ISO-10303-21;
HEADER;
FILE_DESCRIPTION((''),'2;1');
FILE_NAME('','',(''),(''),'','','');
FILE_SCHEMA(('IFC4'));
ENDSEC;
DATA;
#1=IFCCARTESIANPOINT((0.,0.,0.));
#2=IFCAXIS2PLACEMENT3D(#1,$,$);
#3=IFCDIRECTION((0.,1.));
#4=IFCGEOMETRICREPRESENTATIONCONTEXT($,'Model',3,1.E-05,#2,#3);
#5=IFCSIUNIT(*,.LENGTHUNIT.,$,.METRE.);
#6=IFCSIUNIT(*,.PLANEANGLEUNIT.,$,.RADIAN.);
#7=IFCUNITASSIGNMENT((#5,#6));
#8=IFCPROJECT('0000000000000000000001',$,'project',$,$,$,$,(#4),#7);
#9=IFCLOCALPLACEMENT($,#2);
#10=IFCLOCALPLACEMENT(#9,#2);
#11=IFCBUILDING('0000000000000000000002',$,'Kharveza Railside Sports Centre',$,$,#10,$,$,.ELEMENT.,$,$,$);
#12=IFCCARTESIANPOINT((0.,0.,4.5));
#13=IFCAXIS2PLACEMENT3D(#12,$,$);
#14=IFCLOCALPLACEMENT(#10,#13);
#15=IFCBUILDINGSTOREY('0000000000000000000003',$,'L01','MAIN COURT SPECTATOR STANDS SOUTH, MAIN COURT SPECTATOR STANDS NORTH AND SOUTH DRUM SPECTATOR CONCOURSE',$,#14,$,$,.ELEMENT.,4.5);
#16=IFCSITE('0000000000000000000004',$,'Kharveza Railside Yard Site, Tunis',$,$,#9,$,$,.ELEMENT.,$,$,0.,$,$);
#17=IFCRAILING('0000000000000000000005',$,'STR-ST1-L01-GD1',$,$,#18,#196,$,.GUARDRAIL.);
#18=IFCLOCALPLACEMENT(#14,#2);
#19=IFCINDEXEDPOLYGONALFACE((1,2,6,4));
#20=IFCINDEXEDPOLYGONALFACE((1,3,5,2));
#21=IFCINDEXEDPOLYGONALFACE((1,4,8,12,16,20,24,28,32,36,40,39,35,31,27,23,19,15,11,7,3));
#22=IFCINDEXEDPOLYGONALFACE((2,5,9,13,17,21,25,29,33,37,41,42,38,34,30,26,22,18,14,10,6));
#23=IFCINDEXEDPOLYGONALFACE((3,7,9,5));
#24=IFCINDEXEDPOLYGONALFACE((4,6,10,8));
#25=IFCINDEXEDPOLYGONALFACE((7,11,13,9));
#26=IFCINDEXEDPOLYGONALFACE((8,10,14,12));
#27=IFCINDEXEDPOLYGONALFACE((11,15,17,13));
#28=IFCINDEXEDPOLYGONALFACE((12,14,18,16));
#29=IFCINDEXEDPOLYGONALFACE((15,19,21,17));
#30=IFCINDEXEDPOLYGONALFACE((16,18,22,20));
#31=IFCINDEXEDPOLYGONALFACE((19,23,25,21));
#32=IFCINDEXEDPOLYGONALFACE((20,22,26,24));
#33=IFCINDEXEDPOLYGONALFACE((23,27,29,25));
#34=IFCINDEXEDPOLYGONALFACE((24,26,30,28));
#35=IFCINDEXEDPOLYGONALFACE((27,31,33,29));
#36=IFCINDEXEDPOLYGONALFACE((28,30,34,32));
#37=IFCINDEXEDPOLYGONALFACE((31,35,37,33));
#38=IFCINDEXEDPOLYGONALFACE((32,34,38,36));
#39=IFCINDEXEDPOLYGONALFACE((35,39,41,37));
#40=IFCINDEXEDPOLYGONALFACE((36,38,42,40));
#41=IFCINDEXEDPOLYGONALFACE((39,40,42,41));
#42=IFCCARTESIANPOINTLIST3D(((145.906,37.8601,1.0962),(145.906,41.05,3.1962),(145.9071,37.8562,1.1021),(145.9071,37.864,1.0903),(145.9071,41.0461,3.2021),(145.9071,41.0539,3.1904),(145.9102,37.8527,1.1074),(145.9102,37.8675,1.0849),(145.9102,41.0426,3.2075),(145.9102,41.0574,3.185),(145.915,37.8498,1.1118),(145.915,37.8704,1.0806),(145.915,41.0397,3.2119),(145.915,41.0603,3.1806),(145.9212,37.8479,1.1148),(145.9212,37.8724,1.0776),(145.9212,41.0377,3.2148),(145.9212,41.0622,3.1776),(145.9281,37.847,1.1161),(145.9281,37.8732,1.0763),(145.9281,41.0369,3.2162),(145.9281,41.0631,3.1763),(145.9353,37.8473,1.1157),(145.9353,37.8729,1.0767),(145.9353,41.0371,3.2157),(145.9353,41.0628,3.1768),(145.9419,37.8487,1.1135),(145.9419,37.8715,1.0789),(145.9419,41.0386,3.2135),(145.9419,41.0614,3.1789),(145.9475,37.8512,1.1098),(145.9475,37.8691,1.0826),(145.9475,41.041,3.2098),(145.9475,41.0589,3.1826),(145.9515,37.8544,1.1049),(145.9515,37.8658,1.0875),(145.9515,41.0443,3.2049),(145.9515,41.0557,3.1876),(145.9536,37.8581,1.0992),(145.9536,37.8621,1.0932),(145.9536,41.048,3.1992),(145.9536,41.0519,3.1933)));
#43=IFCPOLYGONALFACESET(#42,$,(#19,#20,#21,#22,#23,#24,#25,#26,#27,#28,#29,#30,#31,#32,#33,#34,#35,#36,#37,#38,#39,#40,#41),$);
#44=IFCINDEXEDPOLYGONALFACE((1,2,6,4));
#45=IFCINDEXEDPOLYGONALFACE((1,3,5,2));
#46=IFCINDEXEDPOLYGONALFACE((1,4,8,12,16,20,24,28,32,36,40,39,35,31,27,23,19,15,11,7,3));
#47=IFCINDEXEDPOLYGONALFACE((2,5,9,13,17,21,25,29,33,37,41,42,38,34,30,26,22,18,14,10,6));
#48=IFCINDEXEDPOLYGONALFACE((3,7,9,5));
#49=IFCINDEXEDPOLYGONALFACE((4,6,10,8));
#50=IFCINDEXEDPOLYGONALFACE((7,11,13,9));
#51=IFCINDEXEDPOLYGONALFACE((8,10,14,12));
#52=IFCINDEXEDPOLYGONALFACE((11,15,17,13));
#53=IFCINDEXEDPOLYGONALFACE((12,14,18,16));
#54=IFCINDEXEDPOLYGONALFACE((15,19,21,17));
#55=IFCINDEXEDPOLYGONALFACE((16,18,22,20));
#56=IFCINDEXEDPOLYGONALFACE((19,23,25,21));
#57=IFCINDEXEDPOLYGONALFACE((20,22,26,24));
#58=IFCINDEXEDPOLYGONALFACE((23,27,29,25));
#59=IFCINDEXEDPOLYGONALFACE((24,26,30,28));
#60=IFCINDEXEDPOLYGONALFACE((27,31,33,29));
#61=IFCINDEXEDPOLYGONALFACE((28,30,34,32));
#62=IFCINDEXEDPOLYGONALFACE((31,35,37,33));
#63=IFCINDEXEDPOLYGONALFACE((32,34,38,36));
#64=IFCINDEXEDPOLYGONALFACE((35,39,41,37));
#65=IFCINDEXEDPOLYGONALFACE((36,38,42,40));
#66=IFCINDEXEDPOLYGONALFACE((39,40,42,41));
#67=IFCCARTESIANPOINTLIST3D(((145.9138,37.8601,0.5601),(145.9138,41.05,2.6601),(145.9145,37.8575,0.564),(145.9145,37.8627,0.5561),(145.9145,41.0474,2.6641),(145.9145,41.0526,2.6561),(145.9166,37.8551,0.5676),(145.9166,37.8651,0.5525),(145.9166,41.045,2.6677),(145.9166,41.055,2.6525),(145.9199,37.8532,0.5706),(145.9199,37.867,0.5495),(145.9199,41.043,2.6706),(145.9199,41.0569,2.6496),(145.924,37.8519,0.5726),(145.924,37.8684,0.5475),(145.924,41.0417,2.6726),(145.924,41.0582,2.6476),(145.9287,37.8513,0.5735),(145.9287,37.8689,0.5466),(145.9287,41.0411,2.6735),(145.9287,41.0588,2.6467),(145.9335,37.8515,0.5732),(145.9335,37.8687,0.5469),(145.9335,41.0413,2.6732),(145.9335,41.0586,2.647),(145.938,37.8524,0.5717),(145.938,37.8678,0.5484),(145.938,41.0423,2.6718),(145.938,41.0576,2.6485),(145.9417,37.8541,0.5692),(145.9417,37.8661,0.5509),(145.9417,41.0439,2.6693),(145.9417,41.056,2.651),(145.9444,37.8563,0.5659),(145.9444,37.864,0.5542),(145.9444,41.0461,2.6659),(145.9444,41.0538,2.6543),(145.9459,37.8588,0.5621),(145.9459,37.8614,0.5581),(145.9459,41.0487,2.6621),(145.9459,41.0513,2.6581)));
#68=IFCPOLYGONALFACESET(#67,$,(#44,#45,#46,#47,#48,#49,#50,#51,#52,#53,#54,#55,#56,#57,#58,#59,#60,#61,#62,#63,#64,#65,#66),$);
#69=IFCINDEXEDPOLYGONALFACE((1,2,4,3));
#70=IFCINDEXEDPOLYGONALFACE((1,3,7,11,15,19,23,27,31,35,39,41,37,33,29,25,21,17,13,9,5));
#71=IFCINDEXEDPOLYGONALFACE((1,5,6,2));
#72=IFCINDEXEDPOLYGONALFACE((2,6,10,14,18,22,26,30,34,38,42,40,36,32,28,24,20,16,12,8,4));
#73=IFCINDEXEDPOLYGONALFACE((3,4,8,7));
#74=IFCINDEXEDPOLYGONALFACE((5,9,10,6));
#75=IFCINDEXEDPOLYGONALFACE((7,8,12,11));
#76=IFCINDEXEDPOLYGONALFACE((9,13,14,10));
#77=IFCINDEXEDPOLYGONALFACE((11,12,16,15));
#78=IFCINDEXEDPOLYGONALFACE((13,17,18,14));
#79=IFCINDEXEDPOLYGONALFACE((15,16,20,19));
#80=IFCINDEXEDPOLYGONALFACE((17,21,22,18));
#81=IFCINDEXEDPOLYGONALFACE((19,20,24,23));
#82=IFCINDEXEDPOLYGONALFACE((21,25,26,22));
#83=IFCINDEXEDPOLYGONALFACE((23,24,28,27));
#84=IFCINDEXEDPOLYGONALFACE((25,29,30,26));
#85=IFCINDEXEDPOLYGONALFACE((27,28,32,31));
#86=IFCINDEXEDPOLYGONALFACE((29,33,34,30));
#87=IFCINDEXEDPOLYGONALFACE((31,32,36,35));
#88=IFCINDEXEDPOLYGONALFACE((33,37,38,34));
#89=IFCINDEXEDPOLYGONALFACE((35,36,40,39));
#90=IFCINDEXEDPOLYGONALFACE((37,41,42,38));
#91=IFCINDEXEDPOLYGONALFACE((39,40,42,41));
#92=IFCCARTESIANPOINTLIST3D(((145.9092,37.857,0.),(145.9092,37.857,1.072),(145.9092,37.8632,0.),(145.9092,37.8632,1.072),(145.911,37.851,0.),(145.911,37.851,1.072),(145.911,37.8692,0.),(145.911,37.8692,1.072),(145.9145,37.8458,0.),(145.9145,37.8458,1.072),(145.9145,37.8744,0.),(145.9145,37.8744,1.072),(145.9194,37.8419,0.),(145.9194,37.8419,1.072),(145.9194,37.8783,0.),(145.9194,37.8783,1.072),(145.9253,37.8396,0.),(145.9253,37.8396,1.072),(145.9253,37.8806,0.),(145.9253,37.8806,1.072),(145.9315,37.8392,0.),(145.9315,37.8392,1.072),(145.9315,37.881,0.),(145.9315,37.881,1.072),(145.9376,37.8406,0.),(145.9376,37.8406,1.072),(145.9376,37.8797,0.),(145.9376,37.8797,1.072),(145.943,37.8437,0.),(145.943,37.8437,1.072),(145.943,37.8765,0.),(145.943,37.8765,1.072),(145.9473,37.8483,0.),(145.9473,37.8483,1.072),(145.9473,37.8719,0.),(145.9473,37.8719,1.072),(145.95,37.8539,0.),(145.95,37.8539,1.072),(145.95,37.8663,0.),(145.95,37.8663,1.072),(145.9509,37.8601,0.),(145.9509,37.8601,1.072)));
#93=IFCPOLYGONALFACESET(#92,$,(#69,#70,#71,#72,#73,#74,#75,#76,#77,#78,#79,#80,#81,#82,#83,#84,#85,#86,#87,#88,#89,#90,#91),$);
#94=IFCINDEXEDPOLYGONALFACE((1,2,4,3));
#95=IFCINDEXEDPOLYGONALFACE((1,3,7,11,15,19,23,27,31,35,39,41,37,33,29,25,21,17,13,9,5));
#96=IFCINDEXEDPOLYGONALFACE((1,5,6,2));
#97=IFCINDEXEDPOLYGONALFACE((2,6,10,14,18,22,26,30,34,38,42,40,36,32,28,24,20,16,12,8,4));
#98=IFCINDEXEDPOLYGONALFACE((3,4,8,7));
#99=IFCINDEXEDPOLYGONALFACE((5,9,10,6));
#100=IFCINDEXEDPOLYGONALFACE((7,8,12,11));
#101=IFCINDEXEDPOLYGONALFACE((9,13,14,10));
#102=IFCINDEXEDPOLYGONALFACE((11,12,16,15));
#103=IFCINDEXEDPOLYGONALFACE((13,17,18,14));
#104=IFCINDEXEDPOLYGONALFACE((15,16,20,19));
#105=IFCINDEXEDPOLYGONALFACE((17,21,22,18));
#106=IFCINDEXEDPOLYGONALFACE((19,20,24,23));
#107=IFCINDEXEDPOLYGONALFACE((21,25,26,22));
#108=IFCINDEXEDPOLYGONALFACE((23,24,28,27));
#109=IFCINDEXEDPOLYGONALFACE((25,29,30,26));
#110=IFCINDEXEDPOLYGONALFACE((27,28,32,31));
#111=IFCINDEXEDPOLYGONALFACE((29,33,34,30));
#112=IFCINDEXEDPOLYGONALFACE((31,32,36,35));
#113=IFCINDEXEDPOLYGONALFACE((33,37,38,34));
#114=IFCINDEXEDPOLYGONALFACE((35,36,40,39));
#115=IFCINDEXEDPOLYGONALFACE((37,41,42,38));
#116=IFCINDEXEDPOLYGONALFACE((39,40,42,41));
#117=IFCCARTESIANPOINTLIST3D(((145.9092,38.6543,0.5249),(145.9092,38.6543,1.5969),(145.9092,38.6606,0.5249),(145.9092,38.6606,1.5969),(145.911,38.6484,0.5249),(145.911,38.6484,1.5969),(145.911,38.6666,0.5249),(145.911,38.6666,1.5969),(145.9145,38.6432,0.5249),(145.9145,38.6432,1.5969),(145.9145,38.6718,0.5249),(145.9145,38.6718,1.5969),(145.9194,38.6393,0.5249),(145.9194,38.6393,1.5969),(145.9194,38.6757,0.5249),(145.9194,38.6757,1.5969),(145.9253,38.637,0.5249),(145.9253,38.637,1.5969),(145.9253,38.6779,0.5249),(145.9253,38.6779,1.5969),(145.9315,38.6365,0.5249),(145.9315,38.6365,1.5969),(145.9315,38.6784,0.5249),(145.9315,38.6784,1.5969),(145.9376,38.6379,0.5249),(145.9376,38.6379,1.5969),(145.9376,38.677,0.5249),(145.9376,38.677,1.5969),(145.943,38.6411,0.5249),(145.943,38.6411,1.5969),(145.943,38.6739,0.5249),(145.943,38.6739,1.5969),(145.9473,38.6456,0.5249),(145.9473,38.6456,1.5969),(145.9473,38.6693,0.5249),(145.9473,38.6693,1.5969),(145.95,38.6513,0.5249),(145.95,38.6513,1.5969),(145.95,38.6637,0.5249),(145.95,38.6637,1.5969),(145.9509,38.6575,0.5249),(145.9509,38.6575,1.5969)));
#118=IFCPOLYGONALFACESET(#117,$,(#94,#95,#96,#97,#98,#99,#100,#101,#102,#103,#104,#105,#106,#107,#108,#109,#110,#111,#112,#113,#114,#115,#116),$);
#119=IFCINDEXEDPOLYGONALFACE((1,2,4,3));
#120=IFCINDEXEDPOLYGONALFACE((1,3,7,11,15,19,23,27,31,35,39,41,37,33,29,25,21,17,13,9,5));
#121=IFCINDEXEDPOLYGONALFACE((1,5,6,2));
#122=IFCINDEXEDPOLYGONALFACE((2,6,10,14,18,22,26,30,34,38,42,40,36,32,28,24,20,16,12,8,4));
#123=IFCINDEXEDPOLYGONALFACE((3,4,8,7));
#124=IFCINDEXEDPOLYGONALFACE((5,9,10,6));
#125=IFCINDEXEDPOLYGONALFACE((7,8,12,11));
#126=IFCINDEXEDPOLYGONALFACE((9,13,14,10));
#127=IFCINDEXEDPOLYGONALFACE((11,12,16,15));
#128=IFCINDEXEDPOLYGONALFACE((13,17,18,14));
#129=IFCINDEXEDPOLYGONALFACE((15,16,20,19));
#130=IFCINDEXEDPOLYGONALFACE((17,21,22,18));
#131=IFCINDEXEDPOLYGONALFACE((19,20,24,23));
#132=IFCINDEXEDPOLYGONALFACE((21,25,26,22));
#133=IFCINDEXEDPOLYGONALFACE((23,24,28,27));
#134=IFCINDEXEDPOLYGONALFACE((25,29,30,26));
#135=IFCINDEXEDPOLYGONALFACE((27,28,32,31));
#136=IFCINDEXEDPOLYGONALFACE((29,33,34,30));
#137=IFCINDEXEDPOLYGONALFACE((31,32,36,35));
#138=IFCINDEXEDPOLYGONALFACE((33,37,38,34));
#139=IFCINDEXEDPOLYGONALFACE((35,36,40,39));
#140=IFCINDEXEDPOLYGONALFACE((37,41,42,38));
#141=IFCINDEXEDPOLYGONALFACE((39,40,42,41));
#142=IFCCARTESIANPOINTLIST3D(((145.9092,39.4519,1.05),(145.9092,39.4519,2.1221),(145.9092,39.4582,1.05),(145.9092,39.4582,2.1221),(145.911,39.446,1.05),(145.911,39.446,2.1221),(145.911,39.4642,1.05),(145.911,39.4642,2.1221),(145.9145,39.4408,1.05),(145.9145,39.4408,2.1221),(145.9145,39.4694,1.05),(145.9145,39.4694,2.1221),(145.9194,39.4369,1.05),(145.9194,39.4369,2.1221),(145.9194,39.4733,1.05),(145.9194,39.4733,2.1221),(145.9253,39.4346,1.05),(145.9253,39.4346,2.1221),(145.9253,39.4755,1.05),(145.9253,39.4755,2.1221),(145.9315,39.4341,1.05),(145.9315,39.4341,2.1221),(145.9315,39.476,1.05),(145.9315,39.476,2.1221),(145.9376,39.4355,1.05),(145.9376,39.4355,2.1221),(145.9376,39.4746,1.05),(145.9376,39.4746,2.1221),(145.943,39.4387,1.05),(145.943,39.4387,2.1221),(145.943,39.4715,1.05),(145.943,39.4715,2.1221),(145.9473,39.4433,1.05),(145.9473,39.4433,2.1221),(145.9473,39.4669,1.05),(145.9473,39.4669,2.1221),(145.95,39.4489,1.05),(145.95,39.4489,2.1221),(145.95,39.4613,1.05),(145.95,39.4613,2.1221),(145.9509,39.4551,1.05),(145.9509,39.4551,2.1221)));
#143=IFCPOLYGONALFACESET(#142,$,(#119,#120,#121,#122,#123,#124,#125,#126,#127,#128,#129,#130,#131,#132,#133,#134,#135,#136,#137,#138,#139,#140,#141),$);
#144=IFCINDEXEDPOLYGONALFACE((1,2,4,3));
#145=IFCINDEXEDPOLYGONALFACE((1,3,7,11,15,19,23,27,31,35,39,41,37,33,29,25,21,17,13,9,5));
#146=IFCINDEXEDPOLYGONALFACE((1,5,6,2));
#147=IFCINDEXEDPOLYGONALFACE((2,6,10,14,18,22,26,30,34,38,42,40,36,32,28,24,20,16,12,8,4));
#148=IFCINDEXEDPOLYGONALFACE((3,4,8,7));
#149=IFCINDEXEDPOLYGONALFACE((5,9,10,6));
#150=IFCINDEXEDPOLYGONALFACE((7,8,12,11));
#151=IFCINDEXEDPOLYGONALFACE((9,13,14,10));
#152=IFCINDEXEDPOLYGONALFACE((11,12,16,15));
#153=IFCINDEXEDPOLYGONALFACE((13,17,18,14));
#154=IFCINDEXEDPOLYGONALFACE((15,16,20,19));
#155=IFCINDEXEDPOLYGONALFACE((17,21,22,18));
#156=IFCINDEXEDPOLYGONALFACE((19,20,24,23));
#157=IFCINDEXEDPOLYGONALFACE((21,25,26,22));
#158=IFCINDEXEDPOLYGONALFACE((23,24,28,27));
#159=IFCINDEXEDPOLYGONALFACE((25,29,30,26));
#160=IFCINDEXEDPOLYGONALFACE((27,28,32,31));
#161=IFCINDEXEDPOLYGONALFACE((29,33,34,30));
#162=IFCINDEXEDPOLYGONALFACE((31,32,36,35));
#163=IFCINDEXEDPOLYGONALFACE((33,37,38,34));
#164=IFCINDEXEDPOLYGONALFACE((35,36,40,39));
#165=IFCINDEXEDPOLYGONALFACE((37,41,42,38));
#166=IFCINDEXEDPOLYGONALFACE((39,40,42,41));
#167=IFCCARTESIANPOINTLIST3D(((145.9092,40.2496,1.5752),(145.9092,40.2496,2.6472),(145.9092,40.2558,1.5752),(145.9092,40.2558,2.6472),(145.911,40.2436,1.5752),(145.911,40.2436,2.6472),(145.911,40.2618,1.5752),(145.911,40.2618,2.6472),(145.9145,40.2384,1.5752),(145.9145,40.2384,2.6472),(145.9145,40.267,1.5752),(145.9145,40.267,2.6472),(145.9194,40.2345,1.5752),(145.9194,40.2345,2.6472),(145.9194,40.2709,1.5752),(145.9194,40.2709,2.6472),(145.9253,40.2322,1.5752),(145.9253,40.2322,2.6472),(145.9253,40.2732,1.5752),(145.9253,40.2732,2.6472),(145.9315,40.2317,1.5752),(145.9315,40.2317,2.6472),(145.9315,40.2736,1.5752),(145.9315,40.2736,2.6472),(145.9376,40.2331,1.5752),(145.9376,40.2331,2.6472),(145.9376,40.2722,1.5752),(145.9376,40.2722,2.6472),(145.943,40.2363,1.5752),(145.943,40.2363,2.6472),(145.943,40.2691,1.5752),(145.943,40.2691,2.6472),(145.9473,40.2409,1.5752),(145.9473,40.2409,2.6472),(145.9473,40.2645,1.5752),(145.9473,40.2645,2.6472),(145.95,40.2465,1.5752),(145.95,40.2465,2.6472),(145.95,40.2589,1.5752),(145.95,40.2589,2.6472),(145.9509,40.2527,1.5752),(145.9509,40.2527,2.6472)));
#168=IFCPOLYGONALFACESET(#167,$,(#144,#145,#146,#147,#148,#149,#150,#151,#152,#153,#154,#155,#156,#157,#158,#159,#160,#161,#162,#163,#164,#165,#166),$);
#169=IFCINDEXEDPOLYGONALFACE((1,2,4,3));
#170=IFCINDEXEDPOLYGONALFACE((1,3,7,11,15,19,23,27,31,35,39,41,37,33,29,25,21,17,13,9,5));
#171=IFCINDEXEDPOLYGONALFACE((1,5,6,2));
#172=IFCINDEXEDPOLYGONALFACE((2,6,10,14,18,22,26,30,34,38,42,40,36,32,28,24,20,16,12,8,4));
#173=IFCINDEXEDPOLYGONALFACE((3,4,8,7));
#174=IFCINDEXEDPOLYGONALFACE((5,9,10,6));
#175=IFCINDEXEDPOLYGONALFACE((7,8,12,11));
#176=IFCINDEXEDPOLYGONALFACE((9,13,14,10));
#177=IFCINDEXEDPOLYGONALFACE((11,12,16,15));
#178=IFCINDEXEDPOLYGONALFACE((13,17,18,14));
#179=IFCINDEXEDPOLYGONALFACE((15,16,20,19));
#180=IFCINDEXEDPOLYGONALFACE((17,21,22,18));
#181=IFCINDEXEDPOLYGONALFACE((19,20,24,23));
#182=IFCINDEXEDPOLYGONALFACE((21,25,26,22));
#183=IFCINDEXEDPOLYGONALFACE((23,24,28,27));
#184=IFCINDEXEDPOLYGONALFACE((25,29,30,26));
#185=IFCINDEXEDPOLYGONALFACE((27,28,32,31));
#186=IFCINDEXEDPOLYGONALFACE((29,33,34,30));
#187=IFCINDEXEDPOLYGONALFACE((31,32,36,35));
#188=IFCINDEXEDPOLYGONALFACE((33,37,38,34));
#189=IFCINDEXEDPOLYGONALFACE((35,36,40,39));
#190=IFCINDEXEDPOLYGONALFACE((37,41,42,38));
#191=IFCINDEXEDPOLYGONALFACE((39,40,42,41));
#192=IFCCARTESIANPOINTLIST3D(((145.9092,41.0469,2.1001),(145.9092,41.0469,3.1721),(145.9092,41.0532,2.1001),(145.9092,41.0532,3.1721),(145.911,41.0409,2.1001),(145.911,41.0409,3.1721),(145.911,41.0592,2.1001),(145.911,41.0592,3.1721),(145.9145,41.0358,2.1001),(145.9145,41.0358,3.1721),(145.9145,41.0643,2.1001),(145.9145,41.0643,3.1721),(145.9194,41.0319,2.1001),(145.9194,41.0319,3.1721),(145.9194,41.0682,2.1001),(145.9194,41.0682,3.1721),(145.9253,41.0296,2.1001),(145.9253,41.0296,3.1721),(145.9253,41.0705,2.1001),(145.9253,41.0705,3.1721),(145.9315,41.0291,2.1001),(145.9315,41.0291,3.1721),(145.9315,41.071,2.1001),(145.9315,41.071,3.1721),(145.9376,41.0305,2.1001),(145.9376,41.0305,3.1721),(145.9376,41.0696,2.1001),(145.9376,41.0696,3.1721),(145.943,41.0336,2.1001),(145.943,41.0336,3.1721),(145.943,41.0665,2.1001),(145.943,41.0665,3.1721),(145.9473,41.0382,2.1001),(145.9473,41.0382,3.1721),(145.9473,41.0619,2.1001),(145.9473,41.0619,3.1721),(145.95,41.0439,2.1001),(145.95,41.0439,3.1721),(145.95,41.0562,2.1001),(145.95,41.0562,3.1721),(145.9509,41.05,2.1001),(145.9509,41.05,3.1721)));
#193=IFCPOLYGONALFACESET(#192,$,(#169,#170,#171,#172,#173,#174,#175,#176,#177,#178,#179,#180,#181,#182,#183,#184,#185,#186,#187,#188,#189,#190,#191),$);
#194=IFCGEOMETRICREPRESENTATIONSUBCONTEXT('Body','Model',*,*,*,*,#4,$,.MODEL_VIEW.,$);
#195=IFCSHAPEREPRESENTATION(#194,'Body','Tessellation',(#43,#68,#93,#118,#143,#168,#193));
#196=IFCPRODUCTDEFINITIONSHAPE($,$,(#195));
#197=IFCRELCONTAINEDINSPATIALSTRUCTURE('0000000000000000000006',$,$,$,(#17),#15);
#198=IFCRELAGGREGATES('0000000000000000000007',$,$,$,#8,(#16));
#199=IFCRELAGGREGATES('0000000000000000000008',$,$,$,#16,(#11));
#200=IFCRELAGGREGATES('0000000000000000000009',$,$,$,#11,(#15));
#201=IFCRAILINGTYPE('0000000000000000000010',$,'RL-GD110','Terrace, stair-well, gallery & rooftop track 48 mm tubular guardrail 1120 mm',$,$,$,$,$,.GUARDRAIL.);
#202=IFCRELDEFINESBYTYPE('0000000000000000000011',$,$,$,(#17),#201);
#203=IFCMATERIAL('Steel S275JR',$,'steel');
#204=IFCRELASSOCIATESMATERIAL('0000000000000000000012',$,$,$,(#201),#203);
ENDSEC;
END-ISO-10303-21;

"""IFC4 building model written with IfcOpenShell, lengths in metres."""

from ifc_helpers import new_model, si_unit, direction, frame, origin, origin_2d, place, context, subcontext, project, spatial, circle, extrude, material, type_object, element, save


model = new_model("IFC4")

# Units and contexts
model_context = context("Model", 3, precision=1e-05, world=origin(), true_north=direction((0.0, 1.0)))
body_context = subcontext(model_context, "Body", "Model", "MODEL_VIEW")
ifc_project = project(units=[si_unit("LENGTHUNIT", "METRE"), si_unit("PLANEANGLEUNIT", "RADIAN")], contexts=[model_context])

# Site, building, storey
site_placement = place(None, origin())
site = spatial("IfcSite", under=ifc_project, at=site_placement, Name="Kharveza Railside Yard Site, Tunis", CompositionType="ELEMENT", RefElevation=0.0)
building_placement = place(site_placement, origin())
building = spatial("IfcBuilding", under=site, at=building_placement, Name="Kharveza Railside Sports Centre", CompositionType="ELEMENT")
storey_placement = place(building_placement, frame((0.0, 0.0, 4.5)))
storey = spatial("IfcBuildingStorey", under=building, at=storey_placement, Name="L01", Description="MAIN COURT SPECTATOR STANDS SOUTH, MAIN COURT SPECTATOR STANDS NORTH AND SOUTH DRUM SPECTATOR CONCOURSE", CompositionType="ELEMENT", Elevation=4.5)

# Railing
ifc_material_1 = material(Name="Steel S275JR", Category="steel")
railing_type_1 = type_object("IfcRailingType", Name="RL-GD110", Description="Terrace, stair-well, gallery & rooftop track 48 mm tubular guardrail 1120 mm", PredefinedType="GUARDRAIL", material=ifc_material_1)
railing_1_placement = place(storey_placement, frame((145.9299, 37.8601, 0.0)))
element("IfcRailing", 1, at=railing_1_placement, inside=storey, type_object=railing_type_1, Name="STR-ST1-L01-GD1", PredefinedType="GUARDRAIL", context=body_context, shape_type="SweptSolid", body=[
    extrude(circle(Radius=0.0239, at=origin_2d()), frame((0.0, 0.0, 1.0962), z_axis=(0.0, 0.835242, 0.549882), x_axis=(-1.0, 0.0, 0.0)), (0.0, 0.0, 1.0), 3.8191),
    extrude(circle(Radius=0.0161, at=origin_2d()), frame((0.0, 0.0, 0.5601), z_axis=(0.0, 0.835242, 0.549882), x_axis=(-1.0, 0.0, 0.0)), (0.0, 0.0, 1.0), 3.8191),
    extrude(circle(Radius=0.021, at=origin_2d()), origin(), (0.0, 0.0, 1.0), 1.072),
    extrude(circle(Radius=0.021, at=origin_2d()), frame((0.0, 0.7974, 0.5249)), (0.0, 0.0, 1.0), 1.072),
    extrude(circle(Radius=0.021, at=origin_2d()), frame((0.0, 1.595, 1.05)), (0.0, 0.0, 1.0), 1.072),
    extrude(circle(Radius=0.021, at=origin_2d()), frame((0.0, 2.3926, 1.5752)), (0.0, 0.0, 1.0), 1.072),
    extrude(circle(Radius=0.021, at=origin_2d()), frame((0.0, 3.1899, 2.1001)), (0.0, 0.0, 1.0), 1.072),
])

save(model, "model.ifc")
